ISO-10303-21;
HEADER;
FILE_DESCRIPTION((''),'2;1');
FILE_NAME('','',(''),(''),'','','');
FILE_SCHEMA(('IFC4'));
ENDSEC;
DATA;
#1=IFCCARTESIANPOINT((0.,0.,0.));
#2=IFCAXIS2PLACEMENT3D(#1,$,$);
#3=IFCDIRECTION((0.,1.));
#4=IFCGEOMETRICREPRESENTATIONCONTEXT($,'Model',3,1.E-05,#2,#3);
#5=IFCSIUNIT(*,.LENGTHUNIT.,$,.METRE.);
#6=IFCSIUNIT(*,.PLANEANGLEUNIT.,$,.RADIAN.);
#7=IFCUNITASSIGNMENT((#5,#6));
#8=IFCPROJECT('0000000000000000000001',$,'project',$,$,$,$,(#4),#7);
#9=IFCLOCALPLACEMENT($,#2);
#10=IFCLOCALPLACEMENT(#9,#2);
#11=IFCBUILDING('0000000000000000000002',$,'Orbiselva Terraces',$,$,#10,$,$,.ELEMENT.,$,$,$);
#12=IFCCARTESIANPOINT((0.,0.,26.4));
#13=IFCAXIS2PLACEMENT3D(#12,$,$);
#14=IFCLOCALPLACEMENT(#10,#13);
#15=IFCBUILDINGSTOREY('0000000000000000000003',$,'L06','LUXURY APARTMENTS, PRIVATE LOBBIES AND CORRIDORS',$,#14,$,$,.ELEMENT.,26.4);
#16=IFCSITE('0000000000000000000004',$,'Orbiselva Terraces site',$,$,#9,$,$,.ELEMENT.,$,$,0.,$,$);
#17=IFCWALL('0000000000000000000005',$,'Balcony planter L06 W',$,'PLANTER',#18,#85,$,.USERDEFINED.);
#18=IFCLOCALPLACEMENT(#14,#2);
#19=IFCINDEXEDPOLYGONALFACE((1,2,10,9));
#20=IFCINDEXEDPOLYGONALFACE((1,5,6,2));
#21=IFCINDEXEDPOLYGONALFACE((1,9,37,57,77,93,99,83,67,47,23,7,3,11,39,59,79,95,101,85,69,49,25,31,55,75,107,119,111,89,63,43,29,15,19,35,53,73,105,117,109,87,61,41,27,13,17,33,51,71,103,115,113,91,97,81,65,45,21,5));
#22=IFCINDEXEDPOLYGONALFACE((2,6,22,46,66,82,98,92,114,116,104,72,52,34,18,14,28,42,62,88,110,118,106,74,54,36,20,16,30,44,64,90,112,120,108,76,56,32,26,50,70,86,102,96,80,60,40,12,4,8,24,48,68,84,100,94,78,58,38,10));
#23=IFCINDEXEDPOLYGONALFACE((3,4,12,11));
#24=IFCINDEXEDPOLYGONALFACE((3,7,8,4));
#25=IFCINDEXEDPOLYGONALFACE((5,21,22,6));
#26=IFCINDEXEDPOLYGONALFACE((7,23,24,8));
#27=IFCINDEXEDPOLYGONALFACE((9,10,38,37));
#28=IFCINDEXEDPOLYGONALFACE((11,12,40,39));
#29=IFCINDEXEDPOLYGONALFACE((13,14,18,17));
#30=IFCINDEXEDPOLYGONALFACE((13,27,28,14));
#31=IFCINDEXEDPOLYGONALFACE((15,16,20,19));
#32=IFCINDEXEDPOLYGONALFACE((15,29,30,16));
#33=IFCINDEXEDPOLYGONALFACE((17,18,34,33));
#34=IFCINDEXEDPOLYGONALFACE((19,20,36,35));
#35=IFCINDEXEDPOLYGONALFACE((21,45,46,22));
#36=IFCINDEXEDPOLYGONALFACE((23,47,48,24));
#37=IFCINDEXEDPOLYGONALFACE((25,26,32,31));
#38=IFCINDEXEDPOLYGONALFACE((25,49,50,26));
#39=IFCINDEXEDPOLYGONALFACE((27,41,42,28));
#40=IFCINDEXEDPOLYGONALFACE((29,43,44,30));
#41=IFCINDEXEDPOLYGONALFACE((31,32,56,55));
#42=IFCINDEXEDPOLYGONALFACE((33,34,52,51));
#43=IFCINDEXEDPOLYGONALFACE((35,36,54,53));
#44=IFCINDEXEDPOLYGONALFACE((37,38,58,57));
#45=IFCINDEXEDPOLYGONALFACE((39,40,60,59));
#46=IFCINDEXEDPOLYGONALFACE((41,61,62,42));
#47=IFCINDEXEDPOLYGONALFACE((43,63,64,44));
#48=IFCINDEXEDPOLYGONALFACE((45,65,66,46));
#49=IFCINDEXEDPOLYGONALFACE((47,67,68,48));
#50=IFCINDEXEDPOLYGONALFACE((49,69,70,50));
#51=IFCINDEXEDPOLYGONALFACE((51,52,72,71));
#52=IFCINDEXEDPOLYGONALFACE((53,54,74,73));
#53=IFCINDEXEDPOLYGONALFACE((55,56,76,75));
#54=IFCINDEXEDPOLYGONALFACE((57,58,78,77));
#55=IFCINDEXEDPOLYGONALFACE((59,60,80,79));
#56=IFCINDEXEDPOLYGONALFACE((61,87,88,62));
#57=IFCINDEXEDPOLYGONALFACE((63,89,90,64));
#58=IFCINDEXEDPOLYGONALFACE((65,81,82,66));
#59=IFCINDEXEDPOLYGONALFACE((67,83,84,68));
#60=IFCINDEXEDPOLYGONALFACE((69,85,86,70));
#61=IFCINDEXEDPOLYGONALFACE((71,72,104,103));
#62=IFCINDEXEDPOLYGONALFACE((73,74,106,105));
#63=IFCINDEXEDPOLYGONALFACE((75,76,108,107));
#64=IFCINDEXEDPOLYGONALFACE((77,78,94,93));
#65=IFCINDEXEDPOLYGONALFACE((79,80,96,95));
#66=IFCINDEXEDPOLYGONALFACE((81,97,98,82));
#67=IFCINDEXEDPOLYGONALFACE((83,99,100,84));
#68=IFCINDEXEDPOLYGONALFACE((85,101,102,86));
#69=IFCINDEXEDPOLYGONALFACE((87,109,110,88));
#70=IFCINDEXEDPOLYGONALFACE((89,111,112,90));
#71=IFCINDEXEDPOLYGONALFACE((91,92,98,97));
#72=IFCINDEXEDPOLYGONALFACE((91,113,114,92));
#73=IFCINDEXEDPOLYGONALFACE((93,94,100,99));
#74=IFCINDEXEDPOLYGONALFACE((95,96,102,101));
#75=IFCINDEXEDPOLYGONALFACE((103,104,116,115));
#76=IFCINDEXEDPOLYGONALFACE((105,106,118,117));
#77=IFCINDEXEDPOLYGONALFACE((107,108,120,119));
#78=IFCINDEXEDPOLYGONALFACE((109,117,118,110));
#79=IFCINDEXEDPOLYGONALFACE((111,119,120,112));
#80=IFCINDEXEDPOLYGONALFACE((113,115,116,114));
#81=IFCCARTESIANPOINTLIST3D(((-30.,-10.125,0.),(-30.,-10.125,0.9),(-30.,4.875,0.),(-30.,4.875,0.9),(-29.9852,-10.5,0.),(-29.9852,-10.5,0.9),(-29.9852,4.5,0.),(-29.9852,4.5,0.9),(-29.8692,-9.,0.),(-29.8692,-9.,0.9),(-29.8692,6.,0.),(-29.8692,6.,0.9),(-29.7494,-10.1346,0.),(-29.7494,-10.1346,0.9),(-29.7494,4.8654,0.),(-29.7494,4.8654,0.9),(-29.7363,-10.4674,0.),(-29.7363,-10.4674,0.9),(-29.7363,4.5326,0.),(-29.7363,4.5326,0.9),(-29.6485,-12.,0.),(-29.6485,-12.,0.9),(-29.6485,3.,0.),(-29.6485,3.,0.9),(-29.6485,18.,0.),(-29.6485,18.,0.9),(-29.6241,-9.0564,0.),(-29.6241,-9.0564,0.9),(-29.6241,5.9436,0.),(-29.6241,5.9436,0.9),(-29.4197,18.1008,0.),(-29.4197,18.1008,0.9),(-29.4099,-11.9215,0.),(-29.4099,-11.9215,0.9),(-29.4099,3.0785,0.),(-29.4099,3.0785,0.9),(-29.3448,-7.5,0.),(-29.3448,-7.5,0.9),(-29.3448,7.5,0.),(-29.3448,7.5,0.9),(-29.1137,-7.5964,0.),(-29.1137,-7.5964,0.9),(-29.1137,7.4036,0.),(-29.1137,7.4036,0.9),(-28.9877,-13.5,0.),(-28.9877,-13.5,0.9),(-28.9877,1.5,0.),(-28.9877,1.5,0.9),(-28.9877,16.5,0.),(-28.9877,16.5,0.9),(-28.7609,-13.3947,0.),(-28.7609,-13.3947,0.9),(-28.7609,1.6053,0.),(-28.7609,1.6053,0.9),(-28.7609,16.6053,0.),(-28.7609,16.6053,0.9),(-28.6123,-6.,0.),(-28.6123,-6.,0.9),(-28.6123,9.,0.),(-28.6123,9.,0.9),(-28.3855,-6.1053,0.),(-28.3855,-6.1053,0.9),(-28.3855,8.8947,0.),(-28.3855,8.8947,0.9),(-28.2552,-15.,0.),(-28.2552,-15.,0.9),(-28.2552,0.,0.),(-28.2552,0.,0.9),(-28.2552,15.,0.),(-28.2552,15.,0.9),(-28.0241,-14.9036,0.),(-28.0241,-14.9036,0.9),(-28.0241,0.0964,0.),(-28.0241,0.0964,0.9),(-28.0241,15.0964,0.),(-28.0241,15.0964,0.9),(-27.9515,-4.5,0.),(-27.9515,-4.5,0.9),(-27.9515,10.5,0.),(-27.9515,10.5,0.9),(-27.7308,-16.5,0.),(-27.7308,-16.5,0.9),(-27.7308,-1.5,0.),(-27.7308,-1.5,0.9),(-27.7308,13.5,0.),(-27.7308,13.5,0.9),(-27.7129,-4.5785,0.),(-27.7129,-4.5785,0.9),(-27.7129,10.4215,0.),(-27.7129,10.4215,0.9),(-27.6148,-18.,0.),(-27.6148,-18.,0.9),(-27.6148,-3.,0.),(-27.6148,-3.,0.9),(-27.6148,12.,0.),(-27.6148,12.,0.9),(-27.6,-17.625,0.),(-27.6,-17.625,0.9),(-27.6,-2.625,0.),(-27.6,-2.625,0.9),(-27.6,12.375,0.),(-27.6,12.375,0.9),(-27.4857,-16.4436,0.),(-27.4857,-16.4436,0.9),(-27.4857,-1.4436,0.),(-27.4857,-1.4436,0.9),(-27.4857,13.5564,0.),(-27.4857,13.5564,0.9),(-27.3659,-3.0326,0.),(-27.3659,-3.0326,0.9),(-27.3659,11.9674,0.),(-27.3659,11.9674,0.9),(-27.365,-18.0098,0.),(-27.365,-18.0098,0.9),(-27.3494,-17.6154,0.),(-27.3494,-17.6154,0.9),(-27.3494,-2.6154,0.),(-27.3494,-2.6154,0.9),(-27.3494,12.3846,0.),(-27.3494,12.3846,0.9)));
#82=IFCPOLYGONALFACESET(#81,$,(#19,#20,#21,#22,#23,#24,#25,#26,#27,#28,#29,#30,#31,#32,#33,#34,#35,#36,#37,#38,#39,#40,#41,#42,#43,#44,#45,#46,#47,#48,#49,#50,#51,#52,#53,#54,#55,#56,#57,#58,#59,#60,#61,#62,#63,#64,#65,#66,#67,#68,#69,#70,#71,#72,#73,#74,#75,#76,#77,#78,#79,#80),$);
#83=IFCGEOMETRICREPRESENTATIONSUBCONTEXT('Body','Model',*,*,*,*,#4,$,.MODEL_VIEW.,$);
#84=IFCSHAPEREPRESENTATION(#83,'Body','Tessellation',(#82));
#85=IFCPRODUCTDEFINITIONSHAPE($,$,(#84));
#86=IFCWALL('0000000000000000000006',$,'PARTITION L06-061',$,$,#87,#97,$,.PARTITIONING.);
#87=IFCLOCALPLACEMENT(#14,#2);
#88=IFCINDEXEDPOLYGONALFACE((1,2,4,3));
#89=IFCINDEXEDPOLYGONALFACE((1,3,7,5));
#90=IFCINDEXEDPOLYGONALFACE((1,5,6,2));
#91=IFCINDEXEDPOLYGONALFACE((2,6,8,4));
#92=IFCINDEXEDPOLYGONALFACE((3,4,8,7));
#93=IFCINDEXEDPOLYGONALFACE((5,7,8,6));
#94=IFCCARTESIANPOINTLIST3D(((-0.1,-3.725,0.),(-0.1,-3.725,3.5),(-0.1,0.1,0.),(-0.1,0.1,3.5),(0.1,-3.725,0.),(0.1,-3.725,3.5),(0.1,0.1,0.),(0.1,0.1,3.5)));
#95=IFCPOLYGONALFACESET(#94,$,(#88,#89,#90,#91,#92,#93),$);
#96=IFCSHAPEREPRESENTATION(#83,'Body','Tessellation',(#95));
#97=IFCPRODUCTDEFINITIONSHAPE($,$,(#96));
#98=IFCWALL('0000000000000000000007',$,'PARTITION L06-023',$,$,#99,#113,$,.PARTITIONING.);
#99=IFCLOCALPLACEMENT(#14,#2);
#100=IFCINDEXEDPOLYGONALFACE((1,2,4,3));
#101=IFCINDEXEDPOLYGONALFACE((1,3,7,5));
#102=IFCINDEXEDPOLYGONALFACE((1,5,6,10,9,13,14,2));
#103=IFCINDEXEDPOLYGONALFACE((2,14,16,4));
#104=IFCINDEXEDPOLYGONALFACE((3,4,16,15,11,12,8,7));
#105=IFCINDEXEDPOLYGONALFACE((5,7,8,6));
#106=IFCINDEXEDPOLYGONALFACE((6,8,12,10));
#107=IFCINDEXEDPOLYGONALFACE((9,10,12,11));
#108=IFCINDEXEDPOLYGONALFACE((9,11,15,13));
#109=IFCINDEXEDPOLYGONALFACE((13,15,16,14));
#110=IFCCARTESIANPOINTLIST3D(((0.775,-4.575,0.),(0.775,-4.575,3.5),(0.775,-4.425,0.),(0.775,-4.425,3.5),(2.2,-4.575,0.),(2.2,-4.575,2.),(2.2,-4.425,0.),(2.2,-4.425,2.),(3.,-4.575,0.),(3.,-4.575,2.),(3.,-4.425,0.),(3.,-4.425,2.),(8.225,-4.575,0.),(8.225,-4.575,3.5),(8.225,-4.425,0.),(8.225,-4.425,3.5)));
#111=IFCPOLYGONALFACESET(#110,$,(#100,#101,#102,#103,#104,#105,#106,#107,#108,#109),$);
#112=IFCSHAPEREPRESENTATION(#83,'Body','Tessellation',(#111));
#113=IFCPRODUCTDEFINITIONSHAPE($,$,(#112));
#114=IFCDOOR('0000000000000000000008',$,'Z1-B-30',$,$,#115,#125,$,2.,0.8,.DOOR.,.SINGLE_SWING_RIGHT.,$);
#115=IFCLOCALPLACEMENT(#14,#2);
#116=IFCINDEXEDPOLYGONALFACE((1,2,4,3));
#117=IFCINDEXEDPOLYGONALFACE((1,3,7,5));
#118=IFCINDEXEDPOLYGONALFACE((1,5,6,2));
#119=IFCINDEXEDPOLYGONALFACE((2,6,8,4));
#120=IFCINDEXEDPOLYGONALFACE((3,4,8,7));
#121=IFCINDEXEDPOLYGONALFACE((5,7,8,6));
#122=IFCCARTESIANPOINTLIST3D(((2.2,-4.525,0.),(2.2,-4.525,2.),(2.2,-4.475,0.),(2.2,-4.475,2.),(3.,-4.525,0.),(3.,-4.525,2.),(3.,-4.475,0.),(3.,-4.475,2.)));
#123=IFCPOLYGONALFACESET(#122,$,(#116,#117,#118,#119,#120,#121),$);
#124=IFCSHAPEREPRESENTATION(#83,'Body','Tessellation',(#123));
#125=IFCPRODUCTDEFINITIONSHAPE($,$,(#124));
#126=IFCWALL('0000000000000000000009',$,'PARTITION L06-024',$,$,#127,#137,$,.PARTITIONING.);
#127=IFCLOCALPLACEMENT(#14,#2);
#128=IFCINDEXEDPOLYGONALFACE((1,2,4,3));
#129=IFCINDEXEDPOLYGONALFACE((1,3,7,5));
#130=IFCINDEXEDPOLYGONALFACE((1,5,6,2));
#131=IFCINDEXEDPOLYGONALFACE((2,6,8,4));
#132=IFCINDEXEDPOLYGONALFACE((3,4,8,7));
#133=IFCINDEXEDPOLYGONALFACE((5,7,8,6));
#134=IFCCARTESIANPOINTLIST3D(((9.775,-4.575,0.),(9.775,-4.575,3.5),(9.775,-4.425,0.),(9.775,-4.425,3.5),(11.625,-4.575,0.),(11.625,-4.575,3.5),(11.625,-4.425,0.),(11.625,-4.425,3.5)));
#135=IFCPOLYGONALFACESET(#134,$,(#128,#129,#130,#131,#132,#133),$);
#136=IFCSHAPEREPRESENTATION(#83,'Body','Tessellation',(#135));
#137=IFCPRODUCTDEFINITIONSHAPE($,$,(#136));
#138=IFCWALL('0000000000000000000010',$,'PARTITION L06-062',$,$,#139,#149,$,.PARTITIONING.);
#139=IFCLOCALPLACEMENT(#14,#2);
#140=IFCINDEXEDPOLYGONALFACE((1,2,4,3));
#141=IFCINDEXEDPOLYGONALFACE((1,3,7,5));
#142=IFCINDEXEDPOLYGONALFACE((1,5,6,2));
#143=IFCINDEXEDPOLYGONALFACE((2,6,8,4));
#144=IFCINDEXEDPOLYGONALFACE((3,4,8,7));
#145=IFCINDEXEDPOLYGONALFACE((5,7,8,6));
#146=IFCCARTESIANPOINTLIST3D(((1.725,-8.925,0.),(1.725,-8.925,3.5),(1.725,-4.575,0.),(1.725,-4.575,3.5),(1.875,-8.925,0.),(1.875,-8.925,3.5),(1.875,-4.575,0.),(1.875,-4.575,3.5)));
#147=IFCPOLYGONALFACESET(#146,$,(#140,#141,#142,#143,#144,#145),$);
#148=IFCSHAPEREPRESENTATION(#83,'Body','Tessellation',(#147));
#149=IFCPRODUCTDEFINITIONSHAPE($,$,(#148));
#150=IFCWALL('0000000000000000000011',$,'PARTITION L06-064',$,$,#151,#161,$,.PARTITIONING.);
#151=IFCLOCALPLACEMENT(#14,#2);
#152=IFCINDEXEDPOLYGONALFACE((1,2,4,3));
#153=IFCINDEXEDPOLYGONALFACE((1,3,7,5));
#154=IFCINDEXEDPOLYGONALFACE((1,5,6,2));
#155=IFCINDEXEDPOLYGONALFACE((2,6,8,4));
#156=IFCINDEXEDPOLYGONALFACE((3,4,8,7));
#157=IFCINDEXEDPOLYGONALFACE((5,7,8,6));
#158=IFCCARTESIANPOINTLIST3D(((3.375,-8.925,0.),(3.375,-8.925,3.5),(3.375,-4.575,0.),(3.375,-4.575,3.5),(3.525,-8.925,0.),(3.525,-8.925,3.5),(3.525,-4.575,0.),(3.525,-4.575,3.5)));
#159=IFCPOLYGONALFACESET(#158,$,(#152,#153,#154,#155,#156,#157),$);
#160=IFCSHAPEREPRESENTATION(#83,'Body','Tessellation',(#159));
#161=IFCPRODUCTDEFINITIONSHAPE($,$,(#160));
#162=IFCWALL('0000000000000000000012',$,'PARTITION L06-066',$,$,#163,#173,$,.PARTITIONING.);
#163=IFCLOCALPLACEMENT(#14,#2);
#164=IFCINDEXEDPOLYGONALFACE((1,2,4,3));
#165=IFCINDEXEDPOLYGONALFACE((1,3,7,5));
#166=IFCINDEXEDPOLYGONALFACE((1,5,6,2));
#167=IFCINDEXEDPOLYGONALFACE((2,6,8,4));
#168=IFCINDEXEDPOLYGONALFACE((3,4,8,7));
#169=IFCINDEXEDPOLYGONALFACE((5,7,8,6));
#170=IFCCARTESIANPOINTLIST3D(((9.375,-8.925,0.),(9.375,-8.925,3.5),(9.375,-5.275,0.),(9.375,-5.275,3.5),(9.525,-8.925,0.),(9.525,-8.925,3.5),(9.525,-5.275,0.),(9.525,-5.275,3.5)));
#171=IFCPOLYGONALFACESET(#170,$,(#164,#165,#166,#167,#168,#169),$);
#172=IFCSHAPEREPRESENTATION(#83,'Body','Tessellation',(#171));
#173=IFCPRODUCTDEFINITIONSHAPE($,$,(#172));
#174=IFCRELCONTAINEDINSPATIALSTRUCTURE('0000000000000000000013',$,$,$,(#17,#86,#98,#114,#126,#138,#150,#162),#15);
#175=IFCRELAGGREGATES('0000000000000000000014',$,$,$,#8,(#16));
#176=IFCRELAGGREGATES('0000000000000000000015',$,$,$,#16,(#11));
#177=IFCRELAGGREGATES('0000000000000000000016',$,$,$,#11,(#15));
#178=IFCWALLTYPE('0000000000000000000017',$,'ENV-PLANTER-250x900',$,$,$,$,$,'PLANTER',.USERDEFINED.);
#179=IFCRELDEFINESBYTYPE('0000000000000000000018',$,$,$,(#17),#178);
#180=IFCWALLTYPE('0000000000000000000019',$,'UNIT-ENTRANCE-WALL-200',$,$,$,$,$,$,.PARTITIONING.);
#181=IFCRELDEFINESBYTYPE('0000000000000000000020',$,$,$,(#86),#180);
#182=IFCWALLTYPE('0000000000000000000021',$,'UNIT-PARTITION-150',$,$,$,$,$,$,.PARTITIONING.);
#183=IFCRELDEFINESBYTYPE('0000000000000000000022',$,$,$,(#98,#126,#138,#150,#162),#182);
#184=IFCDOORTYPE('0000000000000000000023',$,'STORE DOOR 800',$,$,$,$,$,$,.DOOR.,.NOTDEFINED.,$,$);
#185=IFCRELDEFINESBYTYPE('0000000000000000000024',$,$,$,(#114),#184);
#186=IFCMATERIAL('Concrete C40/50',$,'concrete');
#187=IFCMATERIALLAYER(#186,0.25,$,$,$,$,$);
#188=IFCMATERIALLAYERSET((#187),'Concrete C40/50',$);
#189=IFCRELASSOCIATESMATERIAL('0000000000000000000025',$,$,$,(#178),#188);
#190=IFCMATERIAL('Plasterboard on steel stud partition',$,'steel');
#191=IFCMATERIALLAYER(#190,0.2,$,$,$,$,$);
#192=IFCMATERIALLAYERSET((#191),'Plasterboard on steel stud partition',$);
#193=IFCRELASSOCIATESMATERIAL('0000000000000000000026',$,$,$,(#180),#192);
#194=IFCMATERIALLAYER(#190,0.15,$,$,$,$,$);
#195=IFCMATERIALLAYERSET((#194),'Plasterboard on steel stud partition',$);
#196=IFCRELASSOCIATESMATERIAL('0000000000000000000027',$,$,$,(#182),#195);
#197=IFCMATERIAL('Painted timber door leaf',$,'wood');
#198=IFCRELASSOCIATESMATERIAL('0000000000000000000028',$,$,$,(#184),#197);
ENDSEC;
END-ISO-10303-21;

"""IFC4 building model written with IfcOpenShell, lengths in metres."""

from ifc_helpers import new_model, si_unit, direction, frame, frame_2d, origin, place, context, subcontext, project, spatial, polyline, rectangle, outline, extrude, material, layer, layer_set, type_object, element, fill, save


model = new_model("IFC4")

# Units and contexts
model_context = context("Model", 3, precision=1e-05, world=origin(), true_north=direction((0.0, 1.0)))
body_context = subcontext(model_context, "Body", "Model", "MODEL_VIEW")
ifc_project = project(units=[si_unit("LENGTHUNIT", "METRE"), si_unit("PLANEANGLEUNIT", "RADIAN")], contexts=[model_context])

# Site, building, storey
site_placement = place(None, origin())
site = spatial("IfcSite", under=ifc_project, at=site_placement, Name="Orbiselva Terraces site", CompositionType="ELEMENT", RefElevation=0.0)
building_placement = place(site_placement, origin())
building = spatial("IfcBuilding", under=site, at=building_placement, Name="Orbiselva Terraces", CompositionType="ELEMENT")
storey_placement = place(building_placement, frame((0.0, 0.0, 26.4)))
storey = spatial("IfcBuildingStorey", under=building, at=storey_placement, Name="L06", Description="LUXURY APARTMENTS, PRIVATE LOBBIES AND CORRIDORS", CompositionType="ELEMENT", Elevation=26.4)

# Shared definitions
ifc_material_1 = material(Name="Concrete C40/50", Category="concrete")

# Walls
ifc_layer_1 = layer(ifc_material_1, 0.25)
ifc_layer_set_1 = layer_set([ifc_layer_1], Name="Concrete C40/50")
wall_type_1 = type_object("IfcWallType", Name="ENV-PLANTER-250x900", ElementType="PLANTER", PredefinedType="USERDEFINED", material=ifc_layer_set_1)
wall_1_placement = place(storey_placement, origin())
element("IfcWall", 1, at=wall_1_placement, inside=storey, type_object=wall_type_1, Name="Balcony planter L06 W", ObjectType="PLANTER", PredefinedType="USERDEFINED", context=body_context, shape_type="SweptSolid", body=[
    extrude(outline(polyline([(-29.6485, 18.0), (-28.9877, 16.5), (-28.2552, 15.0), (-27.7308, 13.5), (-27.6, 12.375), (-27.6148, 12.0), (-27.9515, 10.5), (-28.6123, 9.0), (-29.3448, 7.5), (-29.8692, 6.0), (-30.0, 4.875), (-29.9852, 4.5), (-29.6485, 3.0), (-28.9877, 1.5), (-28.2552, 0.0), (-27.7308, -1.5), (-27.6, -2.625), (-27.6148, -3.0), (-27.9515, -4.5), (-28.6123, -6.0), (-29.3448, -7.5), (-29.8692, -9.0), (-30.0, -10.125), (-29.9852, -10.5), (-29.6485, -12.0), (-28.9877, -13.5), (-28.2552, -15.0), (-27.7308, -16.5), (-27.6, -17.625), (-27.6148, -18.0), (-27.365, -18.0098), (-27.3494, -17.6154), (-27.4857, -16.4436), (-28.0241, -14.9036), (-28.7609, -13.3947), (-29.4099, -11.9215), (-29.7363, -10.4674), (-29.7494, -10.1346), (-29.6241, -9.0564), (-29.1137, -7.5964), (-28.3855, -6.1053), (-27.7129, -4.5785), (-27.3659, -3.0326), (-27.3494, -2.6154), (-27.4857, -1.4436), (-28.0241, 0.0964), (-28.7609, 1.6053), (-29.4099, 3.0785), (-29.7363, 4.5326), (-29.7494, 4.8654), (-29.6241, 5.9436), (-29.1137, 7.4036), (-28.3855, 8.8947), (-27.7129, 10.4215), (-27.3659, 11.9674), (-27.3494, 12.3846), (-27.4857, 13.5564), (-28.0241, 15.0964), (-28.7609, 16.6053), (-29.4197, 18.1008), (-29.6485, 18.0)])), origin(), (0.0, 0.0, 1.0), 0.9),
])
ifc_material_2 = material(Name="Plasterboard on steel stud partition", Category="steel")
ifc_layer_2 = layer(ifc_material_2, 0.2)
ifc_layer_set_2 = layer_set([ifc_layer_2], Name="Plasterboard on steel stud partition")
wall_type_2 = type_object("IfcWallType", Name="UNIT-ENTRANCE-WALL-200", PredefinedType="PARTITIONING", material=ifc_layer_set_2)
wall_2_placement = place(storey_placement, frame((0.0, -3.725, 0.0), z_axis=(0.0, 0.0, 1.0), x_axis=(0.0, 1.0, 0.0)))
element("IfcWall", 2, at=wall_2_placement, inside=storey, type_object=wall_type_2, Name="PARTITION L06-061", PredefinedType="PARTITIONING", context=body_context, shape_type="SweptSolid", body=[
    extrude(rectangle(XDim=3.825, YDim=0.2, at=frame_2d((1.9125, 0.0))), origin(), (0.0, 0.0, 1.0), 3.5),
])

# Wall, opening, door
ifc_layer_3 = layer(ifc_material_2, 0.15)
ifc_layer_set_3 = layer_set([ifc_layer_3], Name="Plasterboard on steel stud partition")
wall_type_3 = type_object("IfcWallType", Name="UNIT-PARTITION-150", PredefinedType="PARTITIONING", material=ifc_layer_set_3)
wall_3_placement = place(storey_placement, frame((8.225, -4.5, 0.0), z_axis=(0.0, 0.0, 1.0), x_axis=(-1.0, 0.0, 0.0)))
wall_3 = element("IfcWall", 3, at=wall_3_placement, inside=storey, type_object=wall_type_3, Name="PARTITION L06-023", PredefinedType="PARTITIONING", context=body_context, shape_type="SweptSolid", body=[
    extrude(rectangle(XDim=7.45, YDim=0.15, at=frame_2d((3.725, 0.0))), origin(), (0.0, 0.0, 1.0), 3.5),
])
opening_placement = place(wall_3_placement, frame((5.225, 0.0, 0.0)))
opening = element("IfcOpeningElement", 4, at=opening_placement, cuts=wall_3, PredefinedType="OPENING", context=body_context, shape_type="SweptSolid", body=[
    extrude(rectangle(XDim=0.8, YDim=2.0, at=frame_2d((0.4, 1.0))), frame((0.0, 0.085, 0.0), z_axis=(0.0, -1.0, 0.0), x_axis=(1.0, 0.0, 0.0)), (0.0, 0.0, 1.0), 0.17),
])
ifc_material_3 = material(Name="Painted timber door leaf", Category="wood")
door_type = type_object("IfcDoorType", Name="STORE DOOR 800", OperationType="NOTDEFINED", PredefinedType="DOOR", material=ifc_material_3)
door_placement = place(opening_placement, origin())
door = element("IfcDoor", 5, at=door_placement, inside=storey, type_object=door_type, Name="Z1-B-30", OperationType="SINGLE_SWING_RIGHT", OverallHeight=2.0, OverallWidth=0.8, PredefinedType="DOOR", context=body_context, shape_type="SweptSolid", body=[
    extrude(rectangle(XDim=0.8, YDim=2.0, at=frame_2d((0.4, 1.0))), frame((0.0, 0.025, 0.0), z_axis=(0.0, -1.0, 0.0), x_axis=(1.0, 0.0, 0.0)), (0.0, 0.0, 1.0), 0.05),
])
fill(opening, door)

# Walls
wall_4_placement = place(storey_placement, frame((9.775, -4.5, 0.0), z_axis=(0.0, 0.0, 1.0), x_axis=(1.0, 0.0, 0.0)))
element("IfcWall", 6, at=wall_4_placement, inside=storey, type_object=wall_type_3, Name="PARTITION L06-024", PredefinedType="PARTITIONING", context=body_context, shape_type="SweptSolid", body=[
    extrude(rectangle(XDim=1.85, YDim=0.15, at=frame_2d((0.925, 0.0))), origin(), (0.0, 0.0, 1.0), 3.5),
])
for number, where, z_axis, x_axis, name in (
    (7, (1.8, -8.925, 0.0), (0.0, 0.0, 1.0), (0.0, 1.0, 0.0), "PARTITION L06-062"),
    (8, (3.45, -8.925, 0.0), (0.0, 0.0, 1.0), (0.0, 1.0, 0.0), "PARTITION L06-064"),
):
    element("IfcWall", number, at=place(storey_placement, frame(where, z_axis=z_axis, x_axis=x_axis)), inside=storey, type_object=wall_type_3, Name=name, PredefinedType="PARTITIONING", context=body_context, shape_type="SweptSolid", body=[
        extrude(rectangle(XDim=4.35, YDim=0.15, at=frame_2d((2.175, 0.0))), origin(), (0.0, 0.0, 1.0), 3.5),
    ])
wall_5_placement = place(storey_placement, frame((9.45, -8.925, 0.0), z_axis=(0.0, 0.0, 1.0), x_axis=(0.0, 1.0, 0.0)))
element("IfcWall", 9, at=wall_5_placement, inside=storey, type_object=wall_type_3, Name="PARTITION L06-066", PredefinedType="PARTITIONING", context=body_context, shape_type="SweptSolid", body=[
    extrude(rectangle(XDim=3.65, YDim=0.15, at=frame_2d((1.825, 0.0))), origin(), (0.0, 0.0, 1.0), 3.5),
])

save(model, "model.ifc")
